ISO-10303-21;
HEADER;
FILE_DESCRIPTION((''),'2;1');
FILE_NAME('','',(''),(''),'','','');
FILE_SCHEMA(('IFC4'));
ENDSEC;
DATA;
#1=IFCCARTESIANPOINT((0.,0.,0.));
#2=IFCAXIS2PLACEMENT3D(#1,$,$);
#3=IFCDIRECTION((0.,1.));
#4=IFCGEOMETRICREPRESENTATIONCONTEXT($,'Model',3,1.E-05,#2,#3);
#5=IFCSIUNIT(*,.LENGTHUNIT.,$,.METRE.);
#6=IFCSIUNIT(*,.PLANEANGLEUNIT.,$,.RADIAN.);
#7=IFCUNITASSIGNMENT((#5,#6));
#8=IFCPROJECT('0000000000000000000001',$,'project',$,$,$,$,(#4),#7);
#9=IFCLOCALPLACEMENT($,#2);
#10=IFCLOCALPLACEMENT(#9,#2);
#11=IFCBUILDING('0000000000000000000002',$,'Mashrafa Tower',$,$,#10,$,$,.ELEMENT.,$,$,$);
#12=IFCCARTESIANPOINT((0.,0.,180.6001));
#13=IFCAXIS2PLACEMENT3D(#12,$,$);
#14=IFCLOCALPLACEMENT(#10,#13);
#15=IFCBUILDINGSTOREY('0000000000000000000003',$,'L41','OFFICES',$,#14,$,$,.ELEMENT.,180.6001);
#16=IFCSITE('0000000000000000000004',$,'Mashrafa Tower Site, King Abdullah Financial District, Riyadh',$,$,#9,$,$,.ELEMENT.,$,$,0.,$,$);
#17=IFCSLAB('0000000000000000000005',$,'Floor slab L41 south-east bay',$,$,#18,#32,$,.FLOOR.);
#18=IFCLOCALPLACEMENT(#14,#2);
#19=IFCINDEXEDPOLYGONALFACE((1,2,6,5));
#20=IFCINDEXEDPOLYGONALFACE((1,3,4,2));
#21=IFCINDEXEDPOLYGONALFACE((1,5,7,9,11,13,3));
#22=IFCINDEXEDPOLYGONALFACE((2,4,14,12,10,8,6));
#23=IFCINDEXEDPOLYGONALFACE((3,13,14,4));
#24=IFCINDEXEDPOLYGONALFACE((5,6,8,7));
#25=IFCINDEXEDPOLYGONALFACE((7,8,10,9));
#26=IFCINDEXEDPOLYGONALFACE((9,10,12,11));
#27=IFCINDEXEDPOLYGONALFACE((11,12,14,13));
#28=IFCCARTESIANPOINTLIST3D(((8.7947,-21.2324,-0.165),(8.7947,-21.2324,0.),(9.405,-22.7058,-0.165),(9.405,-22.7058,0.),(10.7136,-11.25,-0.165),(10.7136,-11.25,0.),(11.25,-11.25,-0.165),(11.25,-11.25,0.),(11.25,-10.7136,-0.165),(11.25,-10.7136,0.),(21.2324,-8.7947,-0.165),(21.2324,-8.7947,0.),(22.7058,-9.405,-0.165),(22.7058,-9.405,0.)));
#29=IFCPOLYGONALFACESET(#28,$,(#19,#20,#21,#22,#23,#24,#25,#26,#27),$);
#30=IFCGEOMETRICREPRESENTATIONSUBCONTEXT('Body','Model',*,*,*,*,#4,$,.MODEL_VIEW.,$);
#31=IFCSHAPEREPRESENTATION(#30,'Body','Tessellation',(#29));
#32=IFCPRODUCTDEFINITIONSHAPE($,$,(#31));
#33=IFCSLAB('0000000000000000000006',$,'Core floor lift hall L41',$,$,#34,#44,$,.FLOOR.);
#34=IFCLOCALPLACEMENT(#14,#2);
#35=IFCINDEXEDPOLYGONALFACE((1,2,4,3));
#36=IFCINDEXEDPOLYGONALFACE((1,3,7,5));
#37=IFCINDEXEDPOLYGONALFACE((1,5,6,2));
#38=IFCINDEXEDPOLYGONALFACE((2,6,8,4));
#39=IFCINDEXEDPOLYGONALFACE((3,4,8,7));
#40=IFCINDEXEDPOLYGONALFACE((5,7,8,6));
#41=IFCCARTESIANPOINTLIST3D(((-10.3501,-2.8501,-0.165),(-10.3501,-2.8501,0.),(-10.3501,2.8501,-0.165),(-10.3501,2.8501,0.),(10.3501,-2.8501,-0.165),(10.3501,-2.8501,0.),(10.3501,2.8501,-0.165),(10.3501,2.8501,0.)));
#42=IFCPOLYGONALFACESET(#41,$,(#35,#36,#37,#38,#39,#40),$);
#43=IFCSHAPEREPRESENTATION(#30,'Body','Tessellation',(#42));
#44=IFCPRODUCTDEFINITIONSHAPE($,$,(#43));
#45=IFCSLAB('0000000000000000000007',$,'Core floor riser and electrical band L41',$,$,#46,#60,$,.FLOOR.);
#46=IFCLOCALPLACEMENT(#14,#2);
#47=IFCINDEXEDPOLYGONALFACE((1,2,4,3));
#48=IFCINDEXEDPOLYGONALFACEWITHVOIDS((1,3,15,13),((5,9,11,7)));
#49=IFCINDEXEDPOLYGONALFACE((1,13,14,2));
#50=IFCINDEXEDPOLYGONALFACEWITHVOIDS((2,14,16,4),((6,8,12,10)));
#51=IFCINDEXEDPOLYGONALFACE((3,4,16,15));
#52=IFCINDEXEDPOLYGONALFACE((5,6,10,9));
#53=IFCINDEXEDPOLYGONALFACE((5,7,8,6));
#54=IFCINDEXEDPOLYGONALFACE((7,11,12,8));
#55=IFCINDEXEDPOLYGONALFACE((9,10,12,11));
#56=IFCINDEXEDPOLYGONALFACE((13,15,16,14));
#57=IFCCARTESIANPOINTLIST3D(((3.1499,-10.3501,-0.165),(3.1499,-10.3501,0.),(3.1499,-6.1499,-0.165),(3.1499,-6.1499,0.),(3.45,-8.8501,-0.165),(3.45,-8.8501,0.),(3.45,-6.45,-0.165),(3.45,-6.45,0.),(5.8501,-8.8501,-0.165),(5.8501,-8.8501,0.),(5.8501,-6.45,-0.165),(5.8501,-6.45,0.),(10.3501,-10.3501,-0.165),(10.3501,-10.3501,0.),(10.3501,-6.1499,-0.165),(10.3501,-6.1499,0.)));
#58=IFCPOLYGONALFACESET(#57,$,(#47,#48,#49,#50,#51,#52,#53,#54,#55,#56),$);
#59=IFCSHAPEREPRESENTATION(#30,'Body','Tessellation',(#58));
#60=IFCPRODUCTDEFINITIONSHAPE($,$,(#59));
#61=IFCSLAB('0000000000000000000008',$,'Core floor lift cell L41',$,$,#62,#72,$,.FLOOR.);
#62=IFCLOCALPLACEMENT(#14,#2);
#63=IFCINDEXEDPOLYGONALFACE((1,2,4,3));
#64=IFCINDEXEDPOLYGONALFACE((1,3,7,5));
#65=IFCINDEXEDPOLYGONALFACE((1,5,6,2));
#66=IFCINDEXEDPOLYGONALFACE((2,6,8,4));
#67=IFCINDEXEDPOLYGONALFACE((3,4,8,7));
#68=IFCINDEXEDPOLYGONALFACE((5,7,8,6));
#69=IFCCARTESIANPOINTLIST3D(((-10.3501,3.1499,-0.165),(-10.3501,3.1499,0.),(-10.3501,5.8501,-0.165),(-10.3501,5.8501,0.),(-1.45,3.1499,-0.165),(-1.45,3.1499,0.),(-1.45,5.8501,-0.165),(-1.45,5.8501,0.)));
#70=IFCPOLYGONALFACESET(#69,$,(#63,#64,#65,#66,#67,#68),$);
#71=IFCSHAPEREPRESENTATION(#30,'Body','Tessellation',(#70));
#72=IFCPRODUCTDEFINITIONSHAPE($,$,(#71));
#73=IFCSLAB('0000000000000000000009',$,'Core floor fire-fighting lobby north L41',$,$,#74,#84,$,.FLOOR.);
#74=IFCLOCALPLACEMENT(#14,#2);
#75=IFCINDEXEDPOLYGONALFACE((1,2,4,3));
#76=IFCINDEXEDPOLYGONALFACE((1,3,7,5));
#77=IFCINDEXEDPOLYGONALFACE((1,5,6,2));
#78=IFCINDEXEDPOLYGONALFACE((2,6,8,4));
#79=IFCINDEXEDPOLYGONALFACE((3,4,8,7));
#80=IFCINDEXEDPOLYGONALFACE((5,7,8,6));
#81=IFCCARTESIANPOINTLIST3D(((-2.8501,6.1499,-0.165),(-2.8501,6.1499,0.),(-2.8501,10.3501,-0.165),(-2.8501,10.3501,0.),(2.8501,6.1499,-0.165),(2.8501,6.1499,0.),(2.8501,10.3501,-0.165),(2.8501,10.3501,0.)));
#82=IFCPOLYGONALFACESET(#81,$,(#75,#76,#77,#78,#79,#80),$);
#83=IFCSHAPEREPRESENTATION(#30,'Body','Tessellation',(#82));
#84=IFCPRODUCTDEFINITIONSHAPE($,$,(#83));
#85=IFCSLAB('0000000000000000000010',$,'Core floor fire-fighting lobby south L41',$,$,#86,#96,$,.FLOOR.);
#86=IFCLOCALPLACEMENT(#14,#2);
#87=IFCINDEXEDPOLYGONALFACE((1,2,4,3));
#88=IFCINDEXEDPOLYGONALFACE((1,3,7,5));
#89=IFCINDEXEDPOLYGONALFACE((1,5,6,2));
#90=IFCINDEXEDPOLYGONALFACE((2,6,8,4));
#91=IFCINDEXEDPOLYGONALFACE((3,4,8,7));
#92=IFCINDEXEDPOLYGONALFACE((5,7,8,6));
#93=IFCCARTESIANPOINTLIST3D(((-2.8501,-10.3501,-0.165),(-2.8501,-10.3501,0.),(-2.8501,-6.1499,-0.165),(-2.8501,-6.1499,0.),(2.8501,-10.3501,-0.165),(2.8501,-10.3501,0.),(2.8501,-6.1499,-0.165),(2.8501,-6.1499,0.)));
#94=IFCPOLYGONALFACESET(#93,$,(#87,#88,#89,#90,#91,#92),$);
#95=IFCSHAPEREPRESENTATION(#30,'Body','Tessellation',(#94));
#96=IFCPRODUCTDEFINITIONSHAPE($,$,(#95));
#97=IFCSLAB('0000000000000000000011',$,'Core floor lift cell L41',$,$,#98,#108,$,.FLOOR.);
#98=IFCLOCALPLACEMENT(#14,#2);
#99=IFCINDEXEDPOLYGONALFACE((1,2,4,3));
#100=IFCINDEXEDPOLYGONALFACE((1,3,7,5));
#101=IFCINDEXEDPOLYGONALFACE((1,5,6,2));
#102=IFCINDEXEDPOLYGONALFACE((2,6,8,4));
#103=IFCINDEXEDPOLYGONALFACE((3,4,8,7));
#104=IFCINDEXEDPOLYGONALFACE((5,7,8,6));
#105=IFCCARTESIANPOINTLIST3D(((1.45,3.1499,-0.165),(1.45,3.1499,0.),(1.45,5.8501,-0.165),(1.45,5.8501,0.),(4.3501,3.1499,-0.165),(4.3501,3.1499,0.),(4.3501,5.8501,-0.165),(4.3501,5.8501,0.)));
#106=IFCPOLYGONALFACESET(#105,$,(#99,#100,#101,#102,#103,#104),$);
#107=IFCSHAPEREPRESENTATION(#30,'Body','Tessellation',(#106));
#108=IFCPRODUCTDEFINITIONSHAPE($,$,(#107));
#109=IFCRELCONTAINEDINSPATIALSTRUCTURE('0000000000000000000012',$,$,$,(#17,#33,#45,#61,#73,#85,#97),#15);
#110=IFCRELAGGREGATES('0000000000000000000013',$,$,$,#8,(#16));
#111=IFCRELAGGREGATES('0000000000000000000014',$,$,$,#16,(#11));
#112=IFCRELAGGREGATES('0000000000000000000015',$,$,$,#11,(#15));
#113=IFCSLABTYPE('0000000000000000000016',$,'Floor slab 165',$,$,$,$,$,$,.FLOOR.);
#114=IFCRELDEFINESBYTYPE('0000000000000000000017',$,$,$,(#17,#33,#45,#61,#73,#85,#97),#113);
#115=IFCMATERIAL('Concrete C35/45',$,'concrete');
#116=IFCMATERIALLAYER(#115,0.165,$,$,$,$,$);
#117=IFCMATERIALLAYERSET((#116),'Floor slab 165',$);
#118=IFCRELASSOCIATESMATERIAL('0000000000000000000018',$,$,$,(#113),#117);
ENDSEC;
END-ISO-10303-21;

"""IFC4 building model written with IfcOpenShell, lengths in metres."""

from ifc_helpers import new_model, si_unit, direction, frame, origin, place, context, subcontext, project, spatial, polyline, outline, extrude, material, layer, layer_set, type_object, element, save


model = new_model("IFC4")

# Units and contexts
model_context = context("Model", 3, precision=1e-05, world=origin(), true_north=direction((0.0, 1.0)))
body_context = subcontext(model_context, "Body", "Model", "MODEL_VIEW")
ifc_project = project(units=[si_unit("LENGTHUNIT", "METRE"), si_unit("PLANEANGLEUNIT", "RADIAN")], contexts=[model_context])

# Site, building, storey
site_placement = place(None, origin())
site = spatial("IfcSite", under=ifc_project, at=site_placement, Name="Mashrafa Tower Site, King Abdullah Financial District, Riyadh", CompositionType="ELEMENT", RefElevation=0.0)
building_placement = place(site_placement, origin())
building = spatial("IfcBuilding", under=site, at=building_placement, Name="Mashrafa Tower", CompositionType="ELEMENT")
storey_placement = place(building_placement, frame((0.0, 0.0, 180.6001)))
storey = spatial("IfcBuildingStorey", under=building, at=storey_placement, Name="L41", Description="OFFICES", CompositionType="ELEMENT", Elevation=180.6001)

# Slabs
ifc_material_1 = material(Name="Concrete C35/45", Category="concrete")
ifc_layer_1 = layer(ifc_material_1, 0.165)
ifc_layer_set_1 = layer_set([ifc_layer_1], Name="Floor slab 165")
slab_type = type_object("IfcSlabType", Name="Floor slab 165", PredefinedType="FLOOR", material=ifc_layer_set_1)
slab_1_placement = place(storey_placement, frame((0.0, 0.0, -0.165)))
element("IfcSlab", 1, at=slab_1_placement, inside=storey, type_object=slab_type, Name="Floor slab L41 south-east bay", PredefinedType="FLOOR", context=body_context, shape_type="SweptSolid", body=[
    extrude(outline(polyline([(9.405, -22.7058), (8.7947, -21.2324), (10.7136, -11.25), (11.25, -11.25), (11.25, -10.7136), (21.2324, -8.7947), (22.7058, -9.405), (22.7058, -9.405), (9.405, -22.7058), (9.405, -22.7058)])), origin(), (0.0, 0.0, 1.0), 0.165),
])
slab_2_placement = place(storey_placement, frame((0.0, 0.0, -0.165)))
element("IfcSlab", 2, at=slab_2_placement, inside=storey, type_object=slab_type, Name="Core floor lift hall L41", PredefinedType="FLOOR", context=body_context, shape_type="SweptSolid", body=[
    extrude(outline(polyline([(-10.3501, 2.8501), (10.3501, 2.8501), (10.3501, -2.8501), (-10.3501, -2.8501), (-10.3501, 2.8501)])), origin(), (0.0, 0.0, 1.0), 0.165),
])
slab_3_placement = place(storey_placement, frame((0.0, 0.0, -0.165)))
element("IfcSlab", 3, at=slab_3_placement, inside=storey, type_object=slab_type, Name="Core floor riser and electrical band L41", PredefinedType="FLOOR", context=body_context, shape_type="SweptSolid", body=[
    extrude(outline(polyline([(10.3501, -6.1499), (10.3501, -10.3501), (3.1499, -10.3501), (3.1499, -6.1499), (10.3501, -6.1499)]), holes=[polyline([(3.45, -8.8501), (5.8501, -8.8501), (5.8501, -6.45), (3.45, -6.45), (3.45, -8.8501)])]), origin(), (0.0, 0.0, 1.0), 0.165),
])
slab_4_placement = place(storey_placement, frame((0.0, 0.0, -0.165)))
element("IfcSlab", 4, at=slab_4_placement, inside=storey, type_object=slab_type, Name="Core floor lift cell L41", PredefinedType="FLOOR", context=body_context, shape_type="SweptSolid", body=[
    extrude(outline(polyline([(-1.45, 3.1499), (-10.3501, 3.1499), (-10.3501, 5.8501), (-1.45, 5.8501), (-1.45, 3.1499)])), origin(), (0.0, 0.0, 1.0), 0.165),
])
slab_5_placement = place(storey_placement, frame((0.0, 0.0, -0.165)))
element("IfcSlab", 5, at=slab_5_placement, inside=storey, type_object=slab_type, Name="Core floor fire-fighting lobby north L41", PredefinedType="FLOOR", context=body_context, shape_type="SweptSolid", body=[
    extrude(outline(polyline([(-2.8501, 10.3501), (2.8501, 10.3501), (2.8501, 6.1499), (-2.8501, 6.1499), (-2.8501, 10.3501)])), origin(), (0.0, 0.0, 1.0), 0.165),
])
slab_6_placement = place(storey_placement, frame((0.0, 0.0, -0.165)))
element("IfcSlab", 6, at=slab_6_placement, inside=storey, type_object=slab_type, Name="Core floor fire-fighting lobby south L41", PredefinedType="FLOOR", context=body_context, shape_type="SweptSolid", body=[
    extrude(outline(polyline([(2.8501, -6.1499), (2.8501, -10.3501), (-2.8501, -10.3501), (-2.8501, -6.1499), (2.8501, -6.1499)])), origin(), (0.0, 0.0, 1.0), 0.165),
])
slab_7_placement = place(storey_placement, frame((0.0, 0.0, -0.165)))
element("IfcSlab", 7, at=slab_7_placement, inside=storey, type_object=slab_type, Name="Core floor lift cell L41", PredefinedType="FLOOR", context=body_context, shape_type="SweptSolid", body=[
    extrude(outline(polyline([(4.3501, 5.8501), (4.3501, 3.1499), (1.45, 3.1499), (1.45, 5.8501), (4.3501, 5.8501)])), origin(), (0.0, 0.0, 1.0), 0.165),
])

save(model, "model.ifc")
